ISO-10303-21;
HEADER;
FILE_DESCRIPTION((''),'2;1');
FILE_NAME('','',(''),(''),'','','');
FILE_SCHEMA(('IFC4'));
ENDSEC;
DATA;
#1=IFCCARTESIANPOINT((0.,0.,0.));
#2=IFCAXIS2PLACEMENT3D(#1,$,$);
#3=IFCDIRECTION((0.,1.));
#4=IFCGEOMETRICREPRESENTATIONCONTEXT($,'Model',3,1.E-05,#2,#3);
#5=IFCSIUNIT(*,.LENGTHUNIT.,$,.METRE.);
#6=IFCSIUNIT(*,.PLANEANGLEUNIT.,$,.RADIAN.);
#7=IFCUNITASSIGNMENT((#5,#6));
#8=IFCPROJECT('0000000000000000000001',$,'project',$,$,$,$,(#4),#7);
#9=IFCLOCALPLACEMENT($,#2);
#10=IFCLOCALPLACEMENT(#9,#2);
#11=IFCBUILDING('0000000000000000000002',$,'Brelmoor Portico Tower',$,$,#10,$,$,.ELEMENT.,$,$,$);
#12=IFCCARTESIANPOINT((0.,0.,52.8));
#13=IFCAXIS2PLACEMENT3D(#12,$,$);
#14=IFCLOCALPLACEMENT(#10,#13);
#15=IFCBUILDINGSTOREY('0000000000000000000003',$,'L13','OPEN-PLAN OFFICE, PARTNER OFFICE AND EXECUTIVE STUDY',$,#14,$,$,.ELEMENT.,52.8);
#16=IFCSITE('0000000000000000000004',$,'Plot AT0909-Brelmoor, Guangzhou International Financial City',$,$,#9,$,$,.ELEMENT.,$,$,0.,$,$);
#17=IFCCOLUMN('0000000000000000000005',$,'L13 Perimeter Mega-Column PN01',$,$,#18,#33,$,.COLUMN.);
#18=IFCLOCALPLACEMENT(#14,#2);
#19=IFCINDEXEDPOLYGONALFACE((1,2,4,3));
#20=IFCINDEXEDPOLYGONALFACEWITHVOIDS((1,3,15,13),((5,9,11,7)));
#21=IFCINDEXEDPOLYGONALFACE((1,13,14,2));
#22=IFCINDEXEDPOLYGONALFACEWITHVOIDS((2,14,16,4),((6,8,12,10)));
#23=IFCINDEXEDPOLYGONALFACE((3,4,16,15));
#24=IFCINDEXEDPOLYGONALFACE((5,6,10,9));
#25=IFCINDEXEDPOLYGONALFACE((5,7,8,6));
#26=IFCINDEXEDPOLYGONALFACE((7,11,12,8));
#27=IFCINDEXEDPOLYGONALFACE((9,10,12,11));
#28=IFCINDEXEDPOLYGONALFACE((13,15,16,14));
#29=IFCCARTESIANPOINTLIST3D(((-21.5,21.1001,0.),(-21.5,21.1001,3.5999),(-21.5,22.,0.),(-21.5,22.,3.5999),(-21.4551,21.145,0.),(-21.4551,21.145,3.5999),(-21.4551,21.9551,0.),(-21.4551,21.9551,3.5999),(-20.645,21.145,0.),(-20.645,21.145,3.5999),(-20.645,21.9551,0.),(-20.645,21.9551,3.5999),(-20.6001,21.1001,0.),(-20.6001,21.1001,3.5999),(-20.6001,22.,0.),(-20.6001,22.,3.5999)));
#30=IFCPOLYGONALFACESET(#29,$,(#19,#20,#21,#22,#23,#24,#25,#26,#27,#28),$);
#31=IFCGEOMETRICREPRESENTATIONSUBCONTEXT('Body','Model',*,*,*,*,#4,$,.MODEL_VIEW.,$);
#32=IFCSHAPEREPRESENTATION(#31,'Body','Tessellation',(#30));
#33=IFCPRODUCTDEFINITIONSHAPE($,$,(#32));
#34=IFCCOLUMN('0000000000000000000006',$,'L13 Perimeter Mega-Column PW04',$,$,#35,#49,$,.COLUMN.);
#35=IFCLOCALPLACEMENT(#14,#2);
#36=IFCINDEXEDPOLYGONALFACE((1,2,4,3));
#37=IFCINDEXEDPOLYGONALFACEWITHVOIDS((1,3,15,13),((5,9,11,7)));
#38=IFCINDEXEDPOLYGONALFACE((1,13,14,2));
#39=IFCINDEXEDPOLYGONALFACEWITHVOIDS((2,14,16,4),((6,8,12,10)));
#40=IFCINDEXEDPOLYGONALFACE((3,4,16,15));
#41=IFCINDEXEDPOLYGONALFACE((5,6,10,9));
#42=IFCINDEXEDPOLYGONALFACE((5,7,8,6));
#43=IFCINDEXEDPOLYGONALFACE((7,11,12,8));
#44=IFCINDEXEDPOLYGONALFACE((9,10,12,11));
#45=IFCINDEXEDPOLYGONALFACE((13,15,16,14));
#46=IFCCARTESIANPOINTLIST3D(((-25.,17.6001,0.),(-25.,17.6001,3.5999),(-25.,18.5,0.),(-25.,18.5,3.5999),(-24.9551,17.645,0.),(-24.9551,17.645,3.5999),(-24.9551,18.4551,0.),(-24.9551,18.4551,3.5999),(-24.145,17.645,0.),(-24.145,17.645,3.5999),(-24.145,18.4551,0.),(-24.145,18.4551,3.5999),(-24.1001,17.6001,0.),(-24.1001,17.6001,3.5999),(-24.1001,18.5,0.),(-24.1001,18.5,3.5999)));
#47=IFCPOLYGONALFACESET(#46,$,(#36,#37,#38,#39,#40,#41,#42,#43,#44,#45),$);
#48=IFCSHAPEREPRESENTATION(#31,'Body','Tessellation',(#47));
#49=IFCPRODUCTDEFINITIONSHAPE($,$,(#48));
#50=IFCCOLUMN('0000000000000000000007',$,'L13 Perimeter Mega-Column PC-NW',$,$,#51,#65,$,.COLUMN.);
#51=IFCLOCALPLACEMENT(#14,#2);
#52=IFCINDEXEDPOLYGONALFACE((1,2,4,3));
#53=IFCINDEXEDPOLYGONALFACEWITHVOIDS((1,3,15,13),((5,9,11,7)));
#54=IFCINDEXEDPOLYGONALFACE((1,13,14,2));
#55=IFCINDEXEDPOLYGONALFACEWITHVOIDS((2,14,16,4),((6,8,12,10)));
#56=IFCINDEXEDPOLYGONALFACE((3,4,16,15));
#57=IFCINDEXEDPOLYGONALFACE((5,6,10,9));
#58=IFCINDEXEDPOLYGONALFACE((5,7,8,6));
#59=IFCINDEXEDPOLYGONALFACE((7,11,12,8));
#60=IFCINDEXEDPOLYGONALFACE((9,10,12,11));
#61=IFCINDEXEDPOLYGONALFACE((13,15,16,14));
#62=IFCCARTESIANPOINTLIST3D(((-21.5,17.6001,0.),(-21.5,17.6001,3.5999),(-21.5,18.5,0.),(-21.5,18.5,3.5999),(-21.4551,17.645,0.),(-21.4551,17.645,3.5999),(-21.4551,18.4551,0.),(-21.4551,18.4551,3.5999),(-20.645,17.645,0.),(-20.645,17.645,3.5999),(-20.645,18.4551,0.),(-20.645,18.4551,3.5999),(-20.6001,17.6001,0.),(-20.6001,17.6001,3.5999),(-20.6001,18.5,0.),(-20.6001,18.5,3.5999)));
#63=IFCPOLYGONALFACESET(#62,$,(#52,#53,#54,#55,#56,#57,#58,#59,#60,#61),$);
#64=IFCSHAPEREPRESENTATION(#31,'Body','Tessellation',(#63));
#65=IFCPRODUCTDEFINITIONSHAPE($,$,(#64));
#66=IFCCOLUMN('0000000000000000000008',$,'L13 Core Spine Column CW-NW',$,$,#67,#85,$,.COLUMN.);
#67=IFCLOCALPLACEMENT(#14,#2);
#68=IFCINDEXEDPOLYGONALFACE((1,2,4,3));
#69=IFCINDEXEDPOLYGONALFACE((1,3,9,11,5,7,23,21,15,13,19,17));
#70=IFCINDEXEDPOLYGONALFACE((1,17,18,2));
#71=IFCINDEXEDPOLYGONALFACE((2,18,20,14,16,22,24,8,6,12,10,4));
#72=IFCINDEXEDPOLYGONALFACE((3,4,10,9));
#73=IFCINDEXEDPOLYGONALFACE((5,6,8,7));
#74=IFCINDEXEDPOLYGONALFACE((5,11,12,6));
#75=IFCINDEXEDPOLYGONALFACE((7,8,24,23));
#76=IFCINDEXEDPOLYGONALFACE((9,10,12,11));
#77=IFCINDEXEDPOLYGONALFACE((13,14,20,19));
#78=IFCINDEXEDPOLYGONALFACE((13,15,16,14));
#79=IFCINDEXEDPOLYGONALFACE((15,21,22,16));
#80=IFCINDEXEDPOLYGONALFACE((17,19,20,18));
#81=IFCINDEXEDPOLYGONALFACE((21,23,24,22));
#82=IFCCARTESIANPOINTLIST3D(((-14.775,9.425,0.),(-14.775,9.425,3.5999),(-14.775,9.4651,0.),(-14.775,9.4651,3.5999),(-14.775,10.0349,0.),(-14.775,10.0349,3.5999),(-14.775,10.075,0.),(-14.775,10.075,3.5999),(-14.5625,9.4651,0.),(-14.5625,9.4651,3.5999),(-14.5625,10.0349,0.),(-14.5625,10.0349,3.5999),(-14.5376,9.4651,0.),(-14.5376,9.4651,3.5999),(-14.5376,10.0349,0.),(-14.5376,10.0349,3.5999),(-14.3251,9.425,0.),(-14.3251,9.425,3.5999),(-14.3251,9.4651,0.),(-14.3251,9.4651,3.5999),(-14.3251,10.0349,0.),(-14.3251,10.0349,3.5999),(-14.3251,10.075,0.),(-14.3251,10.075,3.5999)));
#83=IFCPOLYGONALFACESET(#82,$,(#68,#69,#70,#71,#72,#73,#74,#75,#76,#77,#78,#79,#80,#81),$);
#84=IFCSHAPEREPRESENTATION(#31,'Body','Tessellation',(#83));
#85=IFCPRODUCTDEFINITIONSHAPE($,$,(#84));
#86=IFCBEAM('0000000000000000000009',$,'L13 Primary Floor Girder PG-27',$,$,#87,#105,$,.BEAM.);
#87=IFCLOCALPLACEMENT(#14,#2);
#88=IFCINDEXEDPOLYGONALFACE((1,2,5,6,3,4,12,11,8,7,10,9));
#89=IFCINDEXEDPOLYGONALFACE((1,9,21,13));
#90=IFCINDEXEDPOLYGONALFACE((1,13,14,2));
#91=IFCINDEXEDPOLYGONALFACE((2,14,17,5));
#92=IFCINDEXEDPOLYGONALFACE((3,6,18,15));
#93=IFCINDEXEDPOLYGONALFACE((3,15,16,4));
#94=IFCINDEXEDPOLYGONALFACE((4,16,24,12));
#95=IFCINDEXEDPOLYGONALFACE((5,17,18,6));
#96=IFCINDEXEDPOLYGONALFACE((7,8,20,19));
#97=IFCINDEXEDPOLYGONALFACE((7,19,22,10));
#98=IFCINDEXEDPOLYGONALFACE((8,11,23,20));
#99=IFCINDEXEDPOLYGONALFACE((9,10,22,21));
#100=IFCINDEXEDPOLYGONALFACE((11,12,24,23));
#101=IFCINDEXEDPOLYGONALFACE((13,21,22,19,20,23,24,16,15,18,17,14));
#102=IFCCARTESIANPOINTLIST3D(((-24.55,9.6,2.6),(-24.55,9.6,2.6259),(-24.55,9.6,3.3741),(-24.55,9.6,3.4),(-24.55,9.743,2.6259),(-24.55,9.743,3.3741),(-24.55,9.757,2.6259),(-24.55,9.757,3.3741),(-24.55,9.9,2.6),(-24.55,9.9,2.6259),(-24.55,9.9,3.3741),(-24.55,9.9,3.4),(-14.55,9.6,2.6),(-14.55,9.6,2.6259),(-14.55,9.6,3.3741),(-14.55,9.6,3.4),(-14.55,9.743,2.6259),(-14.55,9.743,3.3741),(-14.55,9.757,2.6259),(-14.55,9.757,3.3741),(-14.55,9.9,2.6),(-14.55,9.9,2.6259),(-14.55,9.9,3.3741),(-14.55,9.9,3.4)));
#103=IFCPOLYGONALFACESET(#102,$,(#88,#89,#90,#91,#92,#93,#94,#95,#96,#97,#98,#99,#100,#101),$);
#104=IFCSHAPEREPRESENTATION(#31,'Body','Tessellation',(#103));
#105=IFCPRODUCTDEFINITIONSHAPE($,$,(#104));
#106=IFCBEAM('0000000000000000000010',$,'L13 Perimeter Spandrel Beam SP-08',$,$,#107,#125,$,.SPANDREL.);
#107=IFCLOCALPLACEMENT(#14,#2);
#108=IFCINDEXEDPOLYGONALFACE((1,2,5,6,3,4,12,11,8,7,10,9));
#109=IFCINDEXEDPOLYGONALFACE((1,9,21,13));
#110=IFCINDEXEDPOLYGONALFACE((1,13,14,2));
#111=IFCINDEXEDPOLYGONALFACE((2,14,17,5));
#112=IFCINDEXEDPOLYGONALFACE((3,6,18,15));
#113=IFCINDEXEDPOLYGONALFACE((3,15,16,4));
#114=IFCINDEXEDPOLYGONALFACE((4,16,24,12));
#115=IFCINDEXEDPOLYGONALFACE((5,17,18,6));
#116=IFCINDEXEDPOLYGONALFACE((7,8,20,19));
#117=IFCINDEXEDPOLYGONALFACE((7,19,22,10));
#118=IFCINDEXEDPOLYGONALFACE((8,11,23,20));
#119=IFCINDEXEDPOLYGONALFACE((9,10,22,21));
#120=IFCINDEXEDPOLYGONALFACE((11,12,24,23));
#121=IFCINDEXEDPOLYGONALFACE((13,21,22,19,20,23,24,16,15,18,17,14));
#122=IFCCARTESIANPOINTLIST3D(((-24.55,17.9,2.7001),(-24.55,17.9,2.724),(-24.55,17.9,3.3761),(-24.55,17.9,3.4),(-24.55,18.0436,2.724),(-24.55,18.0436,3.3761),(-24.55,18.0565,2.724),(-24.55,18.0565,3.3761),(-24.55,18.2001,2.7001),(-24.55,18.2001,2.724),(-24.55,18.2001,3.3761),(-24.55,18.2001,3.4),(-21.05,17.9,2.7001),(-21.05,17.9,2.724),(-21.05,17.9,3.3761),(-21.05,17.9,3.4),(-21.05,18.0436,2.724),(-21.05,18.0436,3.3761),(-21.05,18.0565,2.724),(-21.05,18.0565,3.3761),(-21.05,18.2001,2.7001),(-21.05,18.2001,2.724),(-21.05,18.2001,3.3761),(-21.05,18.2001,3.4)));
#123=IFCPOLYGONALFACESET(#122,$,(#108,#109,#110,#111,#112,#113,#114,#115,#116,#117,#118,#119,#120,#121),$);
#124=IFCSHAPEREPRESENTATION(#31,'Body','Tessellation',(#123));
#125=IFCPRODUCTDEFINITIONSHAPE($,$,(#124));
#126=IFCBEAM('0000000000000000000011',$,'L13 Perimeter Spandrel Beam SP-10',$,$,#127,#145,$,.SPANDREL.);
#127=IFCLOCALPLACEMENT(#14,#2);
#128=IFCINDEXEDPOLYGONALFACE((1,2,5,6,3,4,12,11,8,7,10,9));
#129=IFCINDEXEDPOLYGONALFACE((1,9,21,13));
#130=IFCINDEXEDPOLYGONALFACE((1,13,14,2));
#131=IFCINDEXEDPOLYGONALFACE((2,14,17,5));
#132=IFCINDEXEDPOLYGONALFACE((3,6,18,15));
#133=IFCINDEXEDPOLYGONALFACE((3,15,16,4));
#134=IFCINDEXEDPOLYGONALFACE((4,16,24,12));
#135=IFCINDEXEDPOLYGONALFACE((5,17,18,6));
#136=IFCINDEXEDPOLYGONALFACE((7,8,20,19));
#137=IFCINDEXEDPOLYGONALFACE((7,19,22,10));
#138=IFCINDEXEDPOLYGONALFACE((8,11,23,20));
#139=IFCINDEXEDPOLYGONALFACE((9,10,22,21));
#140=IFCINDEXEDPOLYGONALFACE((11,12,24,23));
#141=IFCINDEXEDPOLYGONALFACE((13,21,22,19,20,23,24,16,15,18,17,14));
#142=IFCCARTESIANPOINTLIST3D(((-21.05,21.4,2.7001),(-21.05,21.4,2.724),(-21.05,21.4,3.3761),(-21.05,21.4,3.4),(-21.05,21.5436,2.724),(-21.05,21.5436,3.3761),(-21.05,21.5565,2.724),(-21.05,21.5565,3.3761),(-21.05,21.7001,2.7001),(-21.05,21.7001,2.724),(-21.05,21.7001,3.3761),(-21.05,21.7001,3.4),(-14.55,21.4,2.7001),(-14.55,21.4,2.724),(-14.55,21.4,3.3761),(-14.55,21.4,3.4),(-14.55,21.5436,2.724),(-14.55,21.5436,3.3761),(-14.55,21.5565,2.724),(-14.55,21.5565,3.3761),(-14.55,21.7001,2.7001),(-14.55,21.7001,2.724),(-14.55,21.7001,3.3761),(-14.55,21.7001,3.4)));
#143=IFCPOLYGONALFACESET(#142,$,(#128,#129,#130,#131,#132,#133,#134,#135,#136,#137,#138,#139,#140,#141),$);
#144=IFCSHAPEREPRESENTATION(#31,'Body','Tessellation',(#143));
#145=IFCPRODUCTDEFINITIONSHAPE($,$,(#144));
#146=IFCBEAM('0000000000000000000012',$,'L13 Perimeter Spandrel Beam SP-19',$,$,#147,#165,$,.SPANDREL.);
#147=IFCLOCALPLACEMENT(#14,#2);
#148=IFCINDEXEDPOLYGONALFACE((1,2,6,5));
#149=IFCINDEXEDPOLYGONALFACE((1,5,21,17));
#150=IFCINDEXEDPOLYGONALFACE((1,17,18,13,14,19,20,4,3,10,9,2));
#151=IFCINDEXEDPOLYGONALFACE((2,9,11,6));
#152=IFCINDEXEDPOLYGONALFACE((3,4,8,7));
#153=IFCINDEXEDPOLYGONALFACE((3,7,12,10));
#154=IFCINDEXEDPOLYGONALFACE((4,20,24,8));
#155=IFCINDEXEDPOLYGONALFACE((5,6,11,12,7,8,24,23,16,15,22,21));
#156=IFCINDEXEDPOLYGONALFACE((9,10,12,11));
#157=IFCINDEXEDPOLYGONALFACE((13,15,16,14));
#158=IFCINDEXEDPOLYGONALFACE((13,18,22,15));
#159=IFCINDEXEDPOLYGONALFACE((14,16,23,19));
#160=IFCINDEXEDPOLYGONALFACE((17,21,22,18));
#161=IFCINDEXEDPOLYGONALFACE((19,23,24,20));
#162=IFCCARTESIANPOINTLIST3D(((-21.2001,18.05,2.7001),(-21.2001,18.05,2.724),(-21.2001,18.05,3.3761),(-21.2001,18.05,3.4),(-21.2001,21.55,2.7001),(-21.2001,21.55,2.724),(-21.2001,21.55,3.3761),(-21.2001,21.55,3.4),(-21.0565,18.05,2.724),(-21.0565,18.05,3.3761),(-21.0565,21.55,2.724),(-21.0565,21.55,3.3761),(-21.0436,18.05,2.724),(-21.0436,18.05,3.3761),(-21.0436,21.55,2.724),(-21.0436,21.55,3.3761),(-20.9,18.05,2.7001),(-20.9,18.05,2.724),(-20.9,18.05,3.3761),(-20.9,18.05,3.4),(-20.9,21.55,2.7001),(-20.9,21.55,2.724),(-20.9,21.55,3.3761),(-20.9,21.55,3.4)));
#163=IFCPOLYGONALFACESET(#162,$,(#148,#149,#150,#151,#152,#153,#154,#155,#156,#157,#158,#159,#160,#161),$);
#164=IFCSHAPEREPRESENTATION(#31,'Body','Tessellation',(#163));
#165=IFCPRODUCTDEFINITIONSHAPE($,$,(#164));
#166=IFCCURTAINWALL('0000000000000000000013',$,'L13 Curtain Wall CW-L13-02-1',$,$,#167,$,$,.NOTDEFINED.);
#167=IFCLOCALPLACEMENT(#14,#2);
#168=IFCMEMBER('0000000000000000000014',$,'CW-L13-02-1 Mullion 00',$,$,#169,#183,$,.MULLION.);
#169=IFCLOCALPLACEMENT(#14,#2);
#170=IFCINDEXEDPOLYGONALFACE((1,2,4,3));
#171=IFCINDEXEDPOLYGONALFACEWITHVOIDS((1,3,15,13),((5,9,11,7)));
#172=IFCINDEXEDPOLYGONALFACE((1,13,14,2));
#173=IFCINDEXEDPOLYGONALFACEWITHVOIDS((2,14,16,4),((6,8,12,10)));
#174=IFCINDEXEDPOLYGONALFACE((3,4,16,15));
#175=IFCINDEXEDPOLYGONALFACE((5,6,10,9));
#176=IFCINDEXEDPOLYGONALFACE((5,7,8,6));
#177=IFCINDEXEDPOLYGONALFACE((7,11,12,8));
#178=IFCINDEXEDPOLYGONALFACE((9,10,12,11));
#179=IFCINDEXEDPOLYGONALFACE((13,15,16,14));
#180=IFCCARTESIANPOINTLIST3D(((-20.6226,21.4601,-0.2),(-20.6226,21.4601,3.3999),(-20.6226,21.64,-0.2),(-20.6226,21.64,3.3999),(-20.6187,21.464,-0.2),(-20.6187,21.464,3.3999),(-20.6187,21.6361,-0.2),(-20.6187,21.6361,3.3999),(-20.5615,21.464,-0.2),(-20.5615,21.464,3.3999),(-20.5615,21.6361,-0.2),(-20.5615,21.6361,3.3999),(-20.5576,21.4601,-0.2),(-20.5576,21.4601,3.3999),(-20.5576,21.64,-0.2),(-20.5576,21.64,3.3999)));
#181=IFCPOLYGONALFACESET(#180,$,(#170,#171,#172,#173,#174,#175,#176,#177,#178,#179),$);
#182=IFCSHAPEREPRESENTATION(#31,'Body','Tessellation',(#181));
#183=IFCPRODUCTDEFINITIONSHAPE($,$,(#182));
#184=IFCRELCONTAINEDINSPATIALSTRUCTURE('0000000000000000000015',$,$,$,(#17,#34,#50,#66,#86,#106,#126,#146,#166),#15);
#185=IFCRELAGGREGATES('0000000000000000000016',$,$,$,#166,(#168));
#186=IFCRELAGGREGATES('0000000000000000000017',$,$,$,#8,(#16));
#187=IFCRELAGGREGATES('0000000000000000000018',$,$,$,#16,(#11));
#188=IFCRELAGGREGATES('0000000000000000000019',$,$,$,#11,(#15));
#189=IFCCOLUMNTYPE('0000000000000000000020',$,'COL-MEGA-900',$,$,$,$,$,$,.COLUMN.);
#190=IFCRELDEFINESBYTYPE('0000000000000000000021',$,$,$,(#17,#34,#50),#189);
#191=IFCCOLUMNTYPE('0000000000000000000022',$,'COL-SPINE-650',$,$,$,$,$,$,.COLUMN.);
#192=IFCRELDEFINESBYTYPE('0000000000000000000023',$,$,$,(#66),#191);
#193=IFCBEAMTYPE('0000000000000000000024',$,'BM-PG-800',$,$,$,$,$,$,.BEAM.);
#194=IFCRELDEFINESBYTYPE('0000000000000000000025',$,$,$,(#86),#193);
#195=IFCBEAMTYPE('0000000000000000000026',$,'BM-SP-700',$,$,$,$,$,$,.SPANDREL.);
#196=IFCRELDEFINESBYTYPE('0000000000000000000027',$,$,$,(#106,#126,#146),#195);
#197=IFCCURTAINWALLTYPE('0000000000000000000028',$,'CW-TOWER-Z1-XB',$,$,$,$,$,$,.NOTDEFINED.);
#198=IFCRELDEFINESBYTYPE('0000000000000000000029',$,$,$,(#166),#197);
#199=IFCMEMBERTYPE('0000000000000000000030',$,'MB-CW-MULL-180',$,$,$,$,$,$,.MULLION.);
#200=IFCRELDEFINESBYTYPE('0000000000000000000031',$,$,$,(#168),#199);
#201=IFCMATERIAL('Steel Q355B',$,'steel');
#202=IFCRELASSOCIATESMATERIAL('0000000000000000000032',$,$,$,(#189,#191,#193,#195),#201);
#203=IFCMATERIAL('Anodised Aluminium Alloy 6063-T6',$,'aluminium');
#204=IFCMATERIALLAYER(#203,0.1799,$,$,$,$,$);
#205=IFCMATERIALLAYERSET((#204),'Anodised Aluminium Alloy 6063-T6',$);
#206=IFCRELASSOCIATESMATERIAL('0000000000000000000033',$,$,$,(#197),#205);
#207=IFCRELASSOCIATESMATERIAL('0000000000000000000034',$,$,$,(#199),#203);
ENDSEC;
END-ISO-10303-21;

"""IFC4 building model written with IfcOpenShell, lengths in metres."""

from ifc_helpers import new_model, si_unit, direction, frame, origin, origin_2d, place, context, subcontext, project, spatial, hollow_rectangle, i_section, extrude, material, layer, layer_set, material_profile, profile_set, type_object, element, aggregate, save


model = new_model("IFC4")

# Units and contexts
model_context = context("Model", 3, precision=1e-05, world=origin(), true_north=direction((0.0, 1.0)))
body_context = subcontext(model_context, "Body", "Model", "MODEL_VIEW")
ifc_project = project(units=[si_unit("LENGTHUNIT", "METRE"), si_unit("PLANEANGLEUNIT", "RADIAN")], contexts=[model_context])

# Site, building, storey
site_placement = place(None, origin())
site = spatial("IfcSite", under=ifc_project, at=site_placement, Name="Plot AT0909-Brelmoor, Guangzhou International Financial City", CompositionType="ELEMENT", RefElevation=0.0)
building_placement = place(site_placement, origin())
building = spatial("IfcBuilding", under=site, at=building_placement, Name="Brelmoor Portico Tower", CompositionType="ELEMENT")
storey_placement = place(building_placement, frame((0.0, 0.0, 52.8)))
storey = spatial("IfcBuildingStorey", under=building, at=storey_placement, Name="L13", Description="OPEN-PLAN OFFICE, PARTNER OFFICE AND EXECUTIVE STUDY", CompositionType="ELEMENT", Elevation=52.8)

# Columns
ifc_material_1 = material(Name="Steel Q355B", Category="steel")
ifc_material_profile_1 = material_profile(ifc_material_1, hollow_rectangle(XDim=0.8999, YDim=0.8999, WallThickness=0.0449, at=origin_2d()), Name="BOX 900x900x45")
ifc_profile_set_1 = profile_set([ifc_material_profile_1], Name="Steel Q355B")
column_type_1 = type_object("IfcColumnType", Name="COL-MEGA-900", PredefinedType="COLUMN", material=ifc_profile_set_1)
for number, where, z_axis, x_axis, name in (
    (1, (-21.05, 21.55, 0.0), (0.0, 0.0, 1.0), (1.0, 0.0, 0.0), "L13 Perimeter Mega-Column PN01"),
    (2, (-24.55, 18.05, 0.0), (0.0, 0.0, 1.0), (0.0, 1.0, 0.0), "L13 Perimeter Mega-Column PW04"),
    (3, (-21.05, 18.05, 0.0), (0.0, 0.0, 1.0), (1.0, 0.0, 0.0), "L13 Perimeter Mega-Column PC-NW"),
):
    element("IfcColumn", number, at=place(storey_placement, frame(where, z_axis=z_axis, x_axis=x_axis)), inside=storey, type_object=column_type_1, Name=name, PredefinedType="COLUMN", context=body_context, shape_type="SweptSolid", body=[
        extrude(hollow_rectangle(XDim=0.8999, YDim=0.8999, WallThickness=0.0449, at=origin_2d()), origin(), (0.0, 0.0, 1.0), 3.5999),
    ])
ifc_material_profile_2 = material_profile(ifc_material_1, i_section(OverallWidth=0.45, OverallDepth=0.6499, WebThickness=0.0249, FlangeThickness=0.04, at=origin_2d()), Name="HW 650x450x25x40")
ifc_profile_set_2 = profile_set([ifc_material_profile_2], Name="Steel Q355B")
column_type_2 = type_object("IfcColumnType", Name="COL-SPINE-650", PredefinedType="COLUMN", material=ifc_profile_set_2)
column_placement = place(storey_placement, frame((-14.55, 9.75, 0.0), z_axis=(0.0, 0.0, 1.0), x_axis=(1.0, 0.0, 0.0)))
element("IfcColumn", 4, at=column_placement, inside=storey, type_object=column_type_2, Name="L13 Core Spine Column CW-NW", PredefinedType="COLUMN", context=body_context, shape_type="SweptSolid", body=[
    extrude(i_section(OverallWidth=0.45, OverallDepth=0.6499, WebThickness=0.0249, FlangeThickness=0.04, at=origin_2d()), origin(), (0.0, 0.0, 1.0), 3.5999),
])

# Beams
ifc_material_profile_3 = material_profile(ifc_material_1, i_section(OverallWidth=0.3, OverallDepth=0.8, WebThickness=0.0139, FlangeThickness=0.0259, at=origin_2d()), Name="HN 800x300x14x26")
ifc_profile_set_3 = profile_set([ifc_material_profile_3], Name="Steel Q355B")
beam_type_1 = type_object("IfcBeamType", Name="BM-PG-800", PredefinedType="BEAM", material=ifc_profile_set_3)
beam_1_placement = place(storey_placement, frame((-24.55, 9.75, 3.0), z_axis=(1.0, 0.0, 0.0), x_axis=(0.0, 1.0, 0.0)))
element("IfcBeam", 5, at=beam_1_placement, inside=storey, type_object=beam_type_1, Name="L13 Primary Floor Girder PG-27", PredefinedType="BEAM", context=body_context, shape_type="SweptSolid", body=[
    extrude(i_section(OverallWidth=0.3, OverallDepth=0.8, WebThickness=0.0139, FlangeThickness=0.0259, at=origin_2d()), origin(), (0.0, 0.0, 1.0), 10.0),
])
ifc_material_profile_4 = material_profile(ifc_material_1, i_section(OverallWidth=0.3, OverallDepth=0.7, WebThickness=0.0129, FlangeThickness=0.0239, at=origin_2d()), Name="HN 700x300x13x24")
ifc_profile_set_4 = profile_set([ifc_material_profile_4], Name="Steel Q355B")
beam_type_2 = type_object("IfcBeamType", Name="BM-SP-700", PredefinedType="SPANDREL", material=ifc_profile_set_4)
beam_2_placement = place(storey_placement, frame((-24.55, 18.05, 3.05), z_axis=(1.0, 0.0, 0.0), x_axis=(0.0, 1.0, 0.0)))
element("IfcBeam", 6, at=beam_2_placement, inside=storey, type_object=beam_type_2, Name="L13 Perimeter Spandrel Beam SP-08", PredefinedType="SPANDREL", context=body_context, shape_type="SweptSolid", body=[
    extrude(i_section(OverallWidth=0.3, OverallDepth=0.7, WebThickness=0.0129, FlangeThickness=0.0239, at=origin_2d()), origin(), (0.0, 0.0, 1.0), 3.5),
])
beam_3_placement = place(storey_placement, frame((-21.05, 21.55, 3.05), z_axis=(1.0, 0.0, 0.0), x_axis=(0.0, 1.0, 0.0)))
element("IfcBeam", 7, at=beam_3_placement, inside=storey, type_object=beam_type_2, Name="L13 Perimeter Spandrel Beam SP-10", PredefinedType="SPANDREL", context=body_context, shape_type="SweptSolid", body=[
    extrude(i_section(OverallWidth=0.3, OverallDepth=0.7, WebThickness=0.0129, FlangeThickness=0.0239, at=origin_2d()), origin(), (0.0, 0.0, 1.0), 6.5),
])
beam_4_placement = place(storey_placement, frame((-21.05, 18.05, 3.05), z_axis=(0.0, 1.0, 0.0), x_axis=(-1.0, 0.0, 0.0)))
element("IfcBeam", 8, at=beam_4_placement, inside=storey, type_object=beam_type_2, Name="L13 Perimeter Spandrel Beam SP-19", PredefinedType="SPANDREL", context=body_context, shape_type="SweptSolid", body=[
    extrude(i_section(OverallWidth=0.3, OverallDepth=0.7, WebThickness=0.0129, FlangeThickness=0.0239, at=origin_2d()), origin(), (0.0, 0.0, 1.0), 3.5),
])

# Curtain wall, member
ifc_material_2 = material(Name="Anodised Aluminium Alloy 6063-T6", Category="aluminium")
ifc_layer_1 = layer(ifc_material_2, 0.1799)
ifc_layer_set_1 = layer_set([ifc_layer_1], Name="Anodised Aluminium Alloy 6063-T6")
curtain_wall_type = type_object("IfcCurtainWallType", Name="CW-TOWER-Z1-XB", PredefinedType="NOTDEFINED", material=ifc_layer_set_1)
curtain_wall_1_placement = place(storey_placement, origin())
curtain_wall_1 = element("IfcCurtainWall", 9, at=curtain_wall_1_placement, inside=storey, type_object=curtain_wall_type, Name="L13 Curtain Wall CW-L13-02-1", PredefinedType="NOTDEFINED")
ifc_material_profile_5 = material_profile(ifc_material_2, hollow_rectangle(XDim=0.0649, YDim=0.1799, WallThickness=0.0039, at=origin_2d()), Name="ALU MULLION 65x180")
ifc_profile_set_5 = profile_set([ifc_material_profile_5], Name="Anodised Aluminium Alloy 6063-T6")
member_type_1 = type_object("IfcMemberType", Name="MB-CW-MULL-180", PredefinedType="MULLION", material=ifc_profile_set_5)
member_1_placement = place(storey_placement, frame((-20.5901, 21.55, -0.2), z_axis=(0.0, 0.0, 1.0), x_axis=(1.0, 0.0, 0.0)))
member_1 = element("IfcMember", 10, at=member_1_placement, type_object=member_type_1, Name="CW-L13-02-1 Mullion 00", PredefinedType="MULLION", context=body_context, shape_type="SweptSolid", body=[
    extrude(hollow_rectangle(XDim=0.0649, YDim=0.1799, WallThickness=0.0039, at=origin_2d()), origin(), (0.0, 0.0, 1.0), 3.5999),
])

aggregate(curtain_wall_1, [member_1])

save(model, "model.ifc")
